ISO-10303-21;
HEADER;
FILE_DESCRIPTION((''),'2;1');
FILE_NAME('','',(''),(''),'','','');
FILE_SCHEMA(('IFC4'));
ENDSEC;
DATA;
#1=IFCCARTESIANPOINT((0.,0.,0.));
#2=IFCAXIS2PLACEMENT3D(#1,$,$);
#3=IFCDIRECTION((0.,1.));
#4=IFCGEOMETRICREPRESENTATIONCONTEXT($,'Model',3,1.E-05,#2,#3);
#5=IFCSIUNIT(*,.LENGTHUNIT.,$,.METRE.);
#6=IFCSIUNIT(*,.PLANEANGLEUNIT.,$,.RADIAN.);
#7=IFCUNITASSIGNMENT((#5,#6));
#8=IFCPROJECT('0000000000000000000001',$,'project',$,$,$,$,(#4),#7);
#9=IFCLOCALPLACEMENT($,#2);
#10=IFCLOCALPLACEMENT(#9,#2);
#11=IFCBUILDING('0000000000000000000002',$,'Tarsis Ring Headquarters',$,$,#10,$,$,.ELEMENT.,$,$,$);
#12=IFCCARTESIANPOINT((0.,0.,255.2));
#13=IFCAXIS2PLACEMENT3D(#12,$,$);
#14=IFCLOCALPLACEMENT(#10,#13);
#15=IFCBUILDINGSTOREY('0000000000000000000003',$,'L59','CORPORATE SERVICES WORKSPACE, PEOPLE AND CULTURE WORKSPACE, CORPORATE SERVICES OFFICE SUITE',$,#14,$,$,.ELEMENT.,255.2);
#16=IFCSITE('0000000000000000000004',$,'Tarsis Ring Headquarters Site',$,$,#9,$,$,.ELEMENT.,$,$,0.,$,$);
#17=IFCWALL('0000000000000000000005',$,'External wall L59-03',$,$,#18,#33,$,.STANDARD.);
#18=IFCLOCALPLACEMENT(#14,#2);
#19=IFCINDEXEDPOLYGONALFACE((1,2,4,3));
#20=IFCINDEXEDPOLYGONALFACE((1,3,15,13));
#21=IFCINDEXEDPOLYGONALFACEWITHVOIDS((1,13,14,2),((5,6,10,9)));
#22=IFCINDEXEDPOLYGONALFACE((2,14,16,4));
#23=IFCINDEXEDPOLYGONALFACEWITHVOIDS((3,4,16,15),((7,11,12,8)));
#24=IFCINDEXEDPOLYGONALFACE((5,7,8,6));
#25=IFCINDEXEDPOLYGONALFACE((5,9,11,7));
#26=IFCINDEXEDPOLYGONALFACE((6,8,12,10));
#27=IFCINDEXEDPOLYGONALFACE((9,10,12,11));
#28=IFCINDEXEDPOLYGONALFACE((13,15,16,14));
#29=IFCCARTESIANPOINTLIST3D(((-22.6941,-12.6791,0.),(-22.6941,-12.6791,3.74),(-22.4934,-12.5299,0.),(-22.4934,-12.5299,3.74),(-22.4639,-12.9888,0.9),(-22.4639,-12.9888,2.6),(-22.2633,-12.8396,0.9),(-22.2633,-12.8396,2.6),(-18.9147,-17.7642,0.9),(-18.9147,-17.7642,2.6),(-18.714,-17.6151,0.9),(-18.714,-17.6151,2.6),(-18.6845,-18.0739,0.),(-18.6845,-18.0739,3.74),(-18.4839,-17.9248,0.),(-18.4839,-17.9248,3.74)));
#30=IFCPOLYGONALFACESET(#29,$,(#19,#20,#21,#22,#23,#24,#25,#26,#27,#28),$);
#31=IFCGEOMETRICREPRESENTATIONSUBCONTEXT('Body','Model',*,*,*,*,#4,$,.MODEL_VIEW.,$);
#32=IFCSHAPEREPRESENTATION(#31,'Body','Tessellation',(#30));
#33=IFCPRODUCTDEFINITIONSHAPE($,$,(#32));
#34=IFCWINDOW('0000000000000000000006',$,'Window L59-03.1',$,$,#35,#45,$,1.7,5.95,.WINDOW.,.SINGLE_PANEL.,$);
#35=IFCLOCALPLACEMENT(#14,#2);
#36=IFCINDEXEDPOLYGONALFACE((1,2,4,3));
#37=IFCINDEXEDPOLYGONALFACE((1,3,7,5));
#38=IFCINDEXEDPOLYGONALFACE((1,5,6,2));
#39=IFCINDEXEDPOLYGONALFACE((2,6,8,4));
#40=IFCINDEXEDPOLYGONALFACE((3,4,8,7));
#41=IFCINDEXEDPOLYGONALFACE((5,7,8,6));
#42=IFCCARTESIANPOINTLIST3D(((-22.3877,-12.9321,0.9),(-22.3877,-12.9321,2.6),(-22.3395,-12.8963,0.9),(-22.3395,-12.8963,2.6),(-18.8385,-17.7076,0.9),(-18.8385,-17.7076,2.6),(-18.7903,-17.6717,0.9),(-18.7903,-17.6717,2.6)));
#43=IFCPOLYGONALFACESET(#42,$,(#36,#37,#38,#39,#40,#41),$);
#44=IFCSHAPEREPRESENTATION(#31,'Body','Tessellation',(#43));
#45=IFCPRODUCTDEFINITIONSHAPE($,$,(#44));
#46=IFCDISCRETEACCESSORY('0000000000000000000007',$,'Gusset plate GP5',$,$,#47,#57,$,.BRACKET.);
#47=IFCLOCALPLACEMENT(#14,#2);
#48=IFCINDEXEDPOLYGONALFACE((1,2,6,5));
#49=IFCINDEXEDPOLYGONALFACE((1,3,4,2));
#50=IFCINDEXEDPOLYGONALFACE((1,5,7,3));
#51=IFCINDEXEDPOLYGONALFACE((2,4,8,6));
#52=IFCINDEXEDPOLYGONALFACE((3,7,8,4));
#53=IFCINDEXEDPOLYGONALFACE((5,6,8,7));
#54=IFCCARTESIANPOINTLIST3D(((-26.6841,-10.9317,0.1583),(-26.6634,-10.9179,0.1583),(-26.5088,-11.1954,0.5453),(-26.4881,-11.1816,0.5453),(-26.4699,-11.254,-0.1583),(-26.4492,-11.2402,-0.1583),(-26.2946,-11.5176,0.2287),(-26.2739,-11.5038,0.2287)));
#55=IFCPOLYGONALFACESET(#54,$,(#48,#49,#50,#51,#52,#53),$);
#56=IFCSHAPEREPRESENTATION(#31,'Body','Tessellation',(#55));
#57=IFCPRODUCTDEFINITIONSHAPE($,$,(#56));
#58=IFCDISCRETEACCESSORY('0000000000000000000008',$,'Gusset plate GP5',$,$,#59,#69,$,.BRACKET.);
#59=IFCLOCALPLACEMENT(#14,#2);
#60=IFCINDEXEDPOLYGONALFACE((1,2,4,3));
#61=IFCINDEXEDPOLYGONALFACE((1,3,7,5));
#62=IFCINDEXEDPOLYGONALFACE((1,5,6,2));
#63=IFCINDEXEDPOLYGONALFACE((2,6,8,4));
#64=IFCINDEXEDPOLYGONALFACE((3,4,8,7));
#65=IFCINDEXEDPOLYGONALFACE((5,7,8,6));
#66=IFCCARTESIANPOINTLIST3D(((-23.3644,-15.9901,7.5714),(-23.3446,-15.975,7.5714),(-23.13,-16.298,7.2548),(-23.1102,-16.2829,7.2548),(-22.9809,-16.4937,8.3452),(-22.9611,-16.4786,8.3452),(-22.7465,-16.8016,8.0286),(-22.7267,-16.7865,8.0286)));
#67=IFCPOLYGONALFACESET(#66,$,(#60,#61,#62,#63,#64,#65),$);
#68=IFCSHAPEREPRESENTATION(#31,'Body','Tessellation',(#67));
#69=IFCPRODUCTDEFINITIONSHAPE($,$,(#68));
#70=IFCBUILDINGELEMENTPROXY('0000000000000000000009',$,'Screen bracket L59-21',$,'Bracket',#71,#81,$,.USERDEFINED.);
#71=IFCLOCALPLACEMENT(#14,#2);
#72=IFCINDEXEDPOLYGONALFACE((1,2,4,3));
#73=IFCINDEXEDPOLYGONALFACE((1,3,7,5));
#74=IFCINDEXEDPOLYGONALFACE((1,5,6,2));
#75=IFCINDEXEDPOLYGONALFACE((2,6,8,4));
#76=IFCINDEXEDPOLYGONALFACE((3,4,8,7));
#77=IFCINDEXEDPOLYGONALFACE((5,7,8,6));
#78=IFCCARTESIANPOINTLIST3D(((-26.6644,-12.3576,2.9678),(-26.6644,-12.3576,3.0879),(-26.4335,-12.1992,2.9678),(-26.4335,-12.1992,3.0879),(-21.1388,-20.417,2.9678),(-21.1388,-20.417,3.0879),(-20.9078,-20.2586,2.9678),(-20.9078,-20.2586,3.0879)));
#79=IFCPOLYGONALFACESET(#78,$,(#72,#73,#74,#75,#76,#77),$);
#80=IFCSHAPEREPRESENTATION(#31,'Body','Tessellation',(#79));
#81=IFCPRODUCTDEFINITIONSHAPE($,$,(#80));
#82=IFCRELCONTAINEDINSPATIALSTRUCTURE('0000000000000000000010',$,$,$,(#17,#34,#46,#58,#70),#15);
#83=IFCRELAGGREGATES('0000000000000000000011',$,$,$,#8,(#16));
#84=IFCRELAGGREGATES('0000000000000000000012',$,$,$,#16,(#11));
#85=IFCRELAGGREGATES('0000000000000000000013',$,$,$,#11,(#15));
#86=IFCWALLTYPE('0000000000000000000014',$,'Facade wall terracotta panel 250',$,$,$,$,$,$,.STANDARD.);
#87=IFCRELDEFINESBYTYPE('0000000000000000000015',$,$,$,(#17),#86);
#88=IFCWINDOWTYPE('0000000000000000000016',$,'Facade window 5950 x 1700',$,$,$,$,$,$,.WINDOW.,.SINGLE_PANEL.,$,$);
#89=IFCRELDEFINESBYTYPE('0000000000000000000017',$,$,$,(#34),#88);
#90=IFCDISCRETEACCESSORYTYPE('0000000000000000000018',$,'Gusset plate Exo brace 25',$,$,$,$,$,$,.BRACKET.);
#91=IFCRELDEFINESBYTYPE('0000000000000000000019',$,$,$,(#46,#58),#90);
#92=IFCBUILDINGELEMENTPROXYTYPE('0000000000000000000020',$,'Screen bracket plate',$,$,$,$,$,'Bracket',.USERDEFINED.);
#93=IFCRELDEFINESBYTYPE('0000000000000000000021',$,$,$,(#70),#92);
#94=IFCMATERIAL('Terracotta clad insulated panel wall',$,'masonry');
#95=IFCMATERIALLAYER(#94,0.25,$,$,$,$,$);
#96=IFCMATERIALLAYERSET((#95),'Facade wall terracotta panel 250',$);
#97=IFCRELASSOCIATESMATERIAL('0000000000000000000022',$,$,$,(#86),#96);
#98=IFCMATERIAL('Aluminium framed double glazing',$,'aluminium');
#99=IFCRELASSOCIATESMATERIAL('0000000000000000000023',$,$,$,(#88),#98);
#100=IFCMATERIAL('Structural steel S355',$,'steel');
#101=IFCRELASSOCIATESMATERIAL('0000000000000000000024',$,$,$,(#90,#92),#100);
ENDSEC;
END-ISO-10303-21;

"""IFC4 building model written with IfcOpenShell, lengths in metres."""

from ifc_helpers import new_model, si_unit, direction, frame, frame_2d, origin, origin_2d, place, context, subcontext, project, spatial, rectangle, extrude, material, layer, layer_set, material_profile, profile_set, type_object, element, fill, save


model = new_model("IFC4")

# Units and contexts
model_context = context("Model", 3, precision=1e-05, world=origin(), true_north=direction((0.0, 1.0)))
body_context = subcontext(model_context, "Body", "Model", "MODEL_VIEW")
ifc_project = project(units=[si_unit("LENGTHUNIT", "METRE"), si_unit("PLANEANGLEUNIT", "RADIAN")], contexts=[model_context])

# Site, building, storey
site_placement = place(None, origin())
site = spatial("IfcSite", under=ifc_project, at=site_placement, Name="Tarsis Ring Headquarters Site", CompositionType="ELEMENT", RefElevation=0.0)
building_placement = place(site_placement, origin())
building = spatial("IfcBuilding", under=site, at=building_placement, Name="Tarsis Ring Headquarters", CompositionType="ELEMENT")
storey_placement = place(building_placement, frame((0.0, 0.0, 255.2)))
storey = spatial("IfcBuildingStorey", under=building, at=storey_placement, Name="L59", Description="CORPORATE SERVICES WORKSPACE, PEOPLE AND CULTURE WORKSPACE, CORPORATE SERVICES OFFICE SUITE", CompositionType="ELEMENT", Elevation=255.2)

# Shared definitions
ifc_material_1 = material(Name="Structural steel S355", Category="steel")

# Wall, opening, window
ifc_material_2 = material(Name="Terracotta clad insulated panel wall", Category="masonry")
ifc_layer = layer(ifc_material_2, 0.25)
ifc_layer_set = layer_set([ifc_layer], Name="Facade wall terracotta panel 250")
wall_type = type_object("IfcWallType", Name="Facade wall terracotta panel 250", PredefinedType="STANDARD", material=ifc_layer_set)
ifc_material_3 = material(Name="Aluminium framed double glazing", Category="aluminium")
wall_1_placement = place(storey_placement, frame((-22.5938, -12.6045, 0.0), z_axis=(0.0, 0.0, 1.0), x_axis=(0.596513, -0.802603, 0.0)))
wall_1 = element("IfcWall", 1, at=wall_1_placement, inside=storey, type_object=wall_type, Name="External wall L59-03", PredefinedType="STANDARD", context=body_context, shape_type="SweptSolid", body=[
    extrude(rectangle(XDim=6.7217, YDim=0.25, at=frame_2d((3.3608, 0.0))), origin(), (0.0, 0.0, 1.0), 3.74),
])
opening_1_placement = place(wall_1_placement, frame((0.3857, 0.0, 0.8999)))
opening_1 = element("IfcOpeningElement", 2, at=opening_1_placement, cuts=wall_1, PredefinedType="OPENING", context=body_context, shape_type="SweptSolid", body=[
    extrude(rectangle(XDim=5.95, YDim=1.7, at=frame_2d((2.9751, 0.8501))), frame((0.0, 0.135, 0.0), z_axis=(0.0, -1.0, 0.0), x_axis=(1.0, 0.0, 0.0)), (0.0, 0.0, 1.0), 0.27),
])
window_type_1 = type_object("IfcWindowType", Name="Facade window 5950 x 1700", PartitioningType="SINGLE_PANEL", PredefinedType="WINDOW", material=ifc_material_3)
window_1_placement = place(opening_1_placement, origin())
window_1 = element("IfcWindow", 3, at=window_1_placement, inside=storey, type_object=window_type_1, Name="Window L59-03.1", OverallHeight=1.7, OverallWidth=5.95, PartitioningType="SINGLE_PANEL", PredefinedType="WINDOW", context=body_context, shape_type="SweptSolid", body=[
    extrude(rectangle(XDim=5.95, YDim=1.7, at=frame_2d((2.9751, 0.8501))), frame((0.0, 0.03, 0.0), z_axis=(0.0, -1.0, 0.0), x_axis=(1.0, 0.0, 0.0)), (0.0, 0.0, 1.0), 0.0601),
])
fill(opening_1, window_1)

# Discrete accessories
ifc_material_profile_1 = material_profile(ifc_material_1, rectangle(XDim=0.0249, YDim=0.5, at=origin_2d()), Name="PL 25x500")
ifc_profile_set_1 = profile_set([ifc_material_profile_1], Name="Structural steel S355")
discrete_accessory_type = type_object("IfcDiscreteAccessoryType", Name="Gusset plate Exo brace 25", PredefinedType="BRACKET", material=ifc_profile_set_1)
discrete_accessory_1_placement = place(storey_placement, frame((-26.5667, -11.0859, 0.0), z_axis=(0.350592, -0.527353, 0.77394), x_axis=(0.832761, 0.553632, 0.0)))
element("IfcDiscreteAccessory", 4, at=discrete_accessory_1_placement, inside=storey, type_object=discrete_accessory_type, Name="Gusset plate GP5", PredefinedType="BRACKET", context=body_context, shape_type="SweptSolid", body=[
    extrude(rectangle(XDim=0.0249, YDim=0.5, at=origin_2d()), origin(), (0.0, 0.0, 1.0), 0.5),
])
discrete_accessory_2_placement = place(storey_placement, frame((-23.2373, -16.1365, 7.4131), z_axis=(0.383594, -0.503727, 0.774025), x_axis=(0.795582, 0.605846, 0.0)))
element("IfcDiscreteAccessory", 5, at=discrete_accessory_2_placement, inside=storey, type_object=discrete_accessory_type, Name="Gusset plate GP5", PredefinedType="BRACKET", context=body_context, shape_type="SweptSolid", body=[
    extrude(rectangle(XDim=0.0249, YDim=0.5, at=origin_2d()), origin(), (0.0, 0.0, 1.0), 0.9998),
])

# Building element proxy
building_element_proxy_type = type_object("IfcBuildingElementProxyType", Name="Screen bracket plate", ElementType="Bracket", PredefinedType="USERDEFINED", material=ifc_material_1)
proxy_placement = place(storey_placement, frame((-23.7861, -16.3081, 2.9678), z_axis=(0.0, 0.0, 1.0), x_axis=(0.565471, -0.824768, 0.0)))
element("IfcBuildingElementProxy", 6, at=proxy_placement, inside=storey, type_object=building_element_proxy_type, Name="Screen bracket L59-21", ObjectType="Bracket", PredefinedType="USERDEFINED", context=body_context, shape_type="SweptSolid", body=[
    extrude(rectangle(XDim=9.7717, YDim=0.28, at=origin_2d()), origin(), (0.0, 0.0, 1.0), 0.1201),
])

save(model, "model.ifc")
